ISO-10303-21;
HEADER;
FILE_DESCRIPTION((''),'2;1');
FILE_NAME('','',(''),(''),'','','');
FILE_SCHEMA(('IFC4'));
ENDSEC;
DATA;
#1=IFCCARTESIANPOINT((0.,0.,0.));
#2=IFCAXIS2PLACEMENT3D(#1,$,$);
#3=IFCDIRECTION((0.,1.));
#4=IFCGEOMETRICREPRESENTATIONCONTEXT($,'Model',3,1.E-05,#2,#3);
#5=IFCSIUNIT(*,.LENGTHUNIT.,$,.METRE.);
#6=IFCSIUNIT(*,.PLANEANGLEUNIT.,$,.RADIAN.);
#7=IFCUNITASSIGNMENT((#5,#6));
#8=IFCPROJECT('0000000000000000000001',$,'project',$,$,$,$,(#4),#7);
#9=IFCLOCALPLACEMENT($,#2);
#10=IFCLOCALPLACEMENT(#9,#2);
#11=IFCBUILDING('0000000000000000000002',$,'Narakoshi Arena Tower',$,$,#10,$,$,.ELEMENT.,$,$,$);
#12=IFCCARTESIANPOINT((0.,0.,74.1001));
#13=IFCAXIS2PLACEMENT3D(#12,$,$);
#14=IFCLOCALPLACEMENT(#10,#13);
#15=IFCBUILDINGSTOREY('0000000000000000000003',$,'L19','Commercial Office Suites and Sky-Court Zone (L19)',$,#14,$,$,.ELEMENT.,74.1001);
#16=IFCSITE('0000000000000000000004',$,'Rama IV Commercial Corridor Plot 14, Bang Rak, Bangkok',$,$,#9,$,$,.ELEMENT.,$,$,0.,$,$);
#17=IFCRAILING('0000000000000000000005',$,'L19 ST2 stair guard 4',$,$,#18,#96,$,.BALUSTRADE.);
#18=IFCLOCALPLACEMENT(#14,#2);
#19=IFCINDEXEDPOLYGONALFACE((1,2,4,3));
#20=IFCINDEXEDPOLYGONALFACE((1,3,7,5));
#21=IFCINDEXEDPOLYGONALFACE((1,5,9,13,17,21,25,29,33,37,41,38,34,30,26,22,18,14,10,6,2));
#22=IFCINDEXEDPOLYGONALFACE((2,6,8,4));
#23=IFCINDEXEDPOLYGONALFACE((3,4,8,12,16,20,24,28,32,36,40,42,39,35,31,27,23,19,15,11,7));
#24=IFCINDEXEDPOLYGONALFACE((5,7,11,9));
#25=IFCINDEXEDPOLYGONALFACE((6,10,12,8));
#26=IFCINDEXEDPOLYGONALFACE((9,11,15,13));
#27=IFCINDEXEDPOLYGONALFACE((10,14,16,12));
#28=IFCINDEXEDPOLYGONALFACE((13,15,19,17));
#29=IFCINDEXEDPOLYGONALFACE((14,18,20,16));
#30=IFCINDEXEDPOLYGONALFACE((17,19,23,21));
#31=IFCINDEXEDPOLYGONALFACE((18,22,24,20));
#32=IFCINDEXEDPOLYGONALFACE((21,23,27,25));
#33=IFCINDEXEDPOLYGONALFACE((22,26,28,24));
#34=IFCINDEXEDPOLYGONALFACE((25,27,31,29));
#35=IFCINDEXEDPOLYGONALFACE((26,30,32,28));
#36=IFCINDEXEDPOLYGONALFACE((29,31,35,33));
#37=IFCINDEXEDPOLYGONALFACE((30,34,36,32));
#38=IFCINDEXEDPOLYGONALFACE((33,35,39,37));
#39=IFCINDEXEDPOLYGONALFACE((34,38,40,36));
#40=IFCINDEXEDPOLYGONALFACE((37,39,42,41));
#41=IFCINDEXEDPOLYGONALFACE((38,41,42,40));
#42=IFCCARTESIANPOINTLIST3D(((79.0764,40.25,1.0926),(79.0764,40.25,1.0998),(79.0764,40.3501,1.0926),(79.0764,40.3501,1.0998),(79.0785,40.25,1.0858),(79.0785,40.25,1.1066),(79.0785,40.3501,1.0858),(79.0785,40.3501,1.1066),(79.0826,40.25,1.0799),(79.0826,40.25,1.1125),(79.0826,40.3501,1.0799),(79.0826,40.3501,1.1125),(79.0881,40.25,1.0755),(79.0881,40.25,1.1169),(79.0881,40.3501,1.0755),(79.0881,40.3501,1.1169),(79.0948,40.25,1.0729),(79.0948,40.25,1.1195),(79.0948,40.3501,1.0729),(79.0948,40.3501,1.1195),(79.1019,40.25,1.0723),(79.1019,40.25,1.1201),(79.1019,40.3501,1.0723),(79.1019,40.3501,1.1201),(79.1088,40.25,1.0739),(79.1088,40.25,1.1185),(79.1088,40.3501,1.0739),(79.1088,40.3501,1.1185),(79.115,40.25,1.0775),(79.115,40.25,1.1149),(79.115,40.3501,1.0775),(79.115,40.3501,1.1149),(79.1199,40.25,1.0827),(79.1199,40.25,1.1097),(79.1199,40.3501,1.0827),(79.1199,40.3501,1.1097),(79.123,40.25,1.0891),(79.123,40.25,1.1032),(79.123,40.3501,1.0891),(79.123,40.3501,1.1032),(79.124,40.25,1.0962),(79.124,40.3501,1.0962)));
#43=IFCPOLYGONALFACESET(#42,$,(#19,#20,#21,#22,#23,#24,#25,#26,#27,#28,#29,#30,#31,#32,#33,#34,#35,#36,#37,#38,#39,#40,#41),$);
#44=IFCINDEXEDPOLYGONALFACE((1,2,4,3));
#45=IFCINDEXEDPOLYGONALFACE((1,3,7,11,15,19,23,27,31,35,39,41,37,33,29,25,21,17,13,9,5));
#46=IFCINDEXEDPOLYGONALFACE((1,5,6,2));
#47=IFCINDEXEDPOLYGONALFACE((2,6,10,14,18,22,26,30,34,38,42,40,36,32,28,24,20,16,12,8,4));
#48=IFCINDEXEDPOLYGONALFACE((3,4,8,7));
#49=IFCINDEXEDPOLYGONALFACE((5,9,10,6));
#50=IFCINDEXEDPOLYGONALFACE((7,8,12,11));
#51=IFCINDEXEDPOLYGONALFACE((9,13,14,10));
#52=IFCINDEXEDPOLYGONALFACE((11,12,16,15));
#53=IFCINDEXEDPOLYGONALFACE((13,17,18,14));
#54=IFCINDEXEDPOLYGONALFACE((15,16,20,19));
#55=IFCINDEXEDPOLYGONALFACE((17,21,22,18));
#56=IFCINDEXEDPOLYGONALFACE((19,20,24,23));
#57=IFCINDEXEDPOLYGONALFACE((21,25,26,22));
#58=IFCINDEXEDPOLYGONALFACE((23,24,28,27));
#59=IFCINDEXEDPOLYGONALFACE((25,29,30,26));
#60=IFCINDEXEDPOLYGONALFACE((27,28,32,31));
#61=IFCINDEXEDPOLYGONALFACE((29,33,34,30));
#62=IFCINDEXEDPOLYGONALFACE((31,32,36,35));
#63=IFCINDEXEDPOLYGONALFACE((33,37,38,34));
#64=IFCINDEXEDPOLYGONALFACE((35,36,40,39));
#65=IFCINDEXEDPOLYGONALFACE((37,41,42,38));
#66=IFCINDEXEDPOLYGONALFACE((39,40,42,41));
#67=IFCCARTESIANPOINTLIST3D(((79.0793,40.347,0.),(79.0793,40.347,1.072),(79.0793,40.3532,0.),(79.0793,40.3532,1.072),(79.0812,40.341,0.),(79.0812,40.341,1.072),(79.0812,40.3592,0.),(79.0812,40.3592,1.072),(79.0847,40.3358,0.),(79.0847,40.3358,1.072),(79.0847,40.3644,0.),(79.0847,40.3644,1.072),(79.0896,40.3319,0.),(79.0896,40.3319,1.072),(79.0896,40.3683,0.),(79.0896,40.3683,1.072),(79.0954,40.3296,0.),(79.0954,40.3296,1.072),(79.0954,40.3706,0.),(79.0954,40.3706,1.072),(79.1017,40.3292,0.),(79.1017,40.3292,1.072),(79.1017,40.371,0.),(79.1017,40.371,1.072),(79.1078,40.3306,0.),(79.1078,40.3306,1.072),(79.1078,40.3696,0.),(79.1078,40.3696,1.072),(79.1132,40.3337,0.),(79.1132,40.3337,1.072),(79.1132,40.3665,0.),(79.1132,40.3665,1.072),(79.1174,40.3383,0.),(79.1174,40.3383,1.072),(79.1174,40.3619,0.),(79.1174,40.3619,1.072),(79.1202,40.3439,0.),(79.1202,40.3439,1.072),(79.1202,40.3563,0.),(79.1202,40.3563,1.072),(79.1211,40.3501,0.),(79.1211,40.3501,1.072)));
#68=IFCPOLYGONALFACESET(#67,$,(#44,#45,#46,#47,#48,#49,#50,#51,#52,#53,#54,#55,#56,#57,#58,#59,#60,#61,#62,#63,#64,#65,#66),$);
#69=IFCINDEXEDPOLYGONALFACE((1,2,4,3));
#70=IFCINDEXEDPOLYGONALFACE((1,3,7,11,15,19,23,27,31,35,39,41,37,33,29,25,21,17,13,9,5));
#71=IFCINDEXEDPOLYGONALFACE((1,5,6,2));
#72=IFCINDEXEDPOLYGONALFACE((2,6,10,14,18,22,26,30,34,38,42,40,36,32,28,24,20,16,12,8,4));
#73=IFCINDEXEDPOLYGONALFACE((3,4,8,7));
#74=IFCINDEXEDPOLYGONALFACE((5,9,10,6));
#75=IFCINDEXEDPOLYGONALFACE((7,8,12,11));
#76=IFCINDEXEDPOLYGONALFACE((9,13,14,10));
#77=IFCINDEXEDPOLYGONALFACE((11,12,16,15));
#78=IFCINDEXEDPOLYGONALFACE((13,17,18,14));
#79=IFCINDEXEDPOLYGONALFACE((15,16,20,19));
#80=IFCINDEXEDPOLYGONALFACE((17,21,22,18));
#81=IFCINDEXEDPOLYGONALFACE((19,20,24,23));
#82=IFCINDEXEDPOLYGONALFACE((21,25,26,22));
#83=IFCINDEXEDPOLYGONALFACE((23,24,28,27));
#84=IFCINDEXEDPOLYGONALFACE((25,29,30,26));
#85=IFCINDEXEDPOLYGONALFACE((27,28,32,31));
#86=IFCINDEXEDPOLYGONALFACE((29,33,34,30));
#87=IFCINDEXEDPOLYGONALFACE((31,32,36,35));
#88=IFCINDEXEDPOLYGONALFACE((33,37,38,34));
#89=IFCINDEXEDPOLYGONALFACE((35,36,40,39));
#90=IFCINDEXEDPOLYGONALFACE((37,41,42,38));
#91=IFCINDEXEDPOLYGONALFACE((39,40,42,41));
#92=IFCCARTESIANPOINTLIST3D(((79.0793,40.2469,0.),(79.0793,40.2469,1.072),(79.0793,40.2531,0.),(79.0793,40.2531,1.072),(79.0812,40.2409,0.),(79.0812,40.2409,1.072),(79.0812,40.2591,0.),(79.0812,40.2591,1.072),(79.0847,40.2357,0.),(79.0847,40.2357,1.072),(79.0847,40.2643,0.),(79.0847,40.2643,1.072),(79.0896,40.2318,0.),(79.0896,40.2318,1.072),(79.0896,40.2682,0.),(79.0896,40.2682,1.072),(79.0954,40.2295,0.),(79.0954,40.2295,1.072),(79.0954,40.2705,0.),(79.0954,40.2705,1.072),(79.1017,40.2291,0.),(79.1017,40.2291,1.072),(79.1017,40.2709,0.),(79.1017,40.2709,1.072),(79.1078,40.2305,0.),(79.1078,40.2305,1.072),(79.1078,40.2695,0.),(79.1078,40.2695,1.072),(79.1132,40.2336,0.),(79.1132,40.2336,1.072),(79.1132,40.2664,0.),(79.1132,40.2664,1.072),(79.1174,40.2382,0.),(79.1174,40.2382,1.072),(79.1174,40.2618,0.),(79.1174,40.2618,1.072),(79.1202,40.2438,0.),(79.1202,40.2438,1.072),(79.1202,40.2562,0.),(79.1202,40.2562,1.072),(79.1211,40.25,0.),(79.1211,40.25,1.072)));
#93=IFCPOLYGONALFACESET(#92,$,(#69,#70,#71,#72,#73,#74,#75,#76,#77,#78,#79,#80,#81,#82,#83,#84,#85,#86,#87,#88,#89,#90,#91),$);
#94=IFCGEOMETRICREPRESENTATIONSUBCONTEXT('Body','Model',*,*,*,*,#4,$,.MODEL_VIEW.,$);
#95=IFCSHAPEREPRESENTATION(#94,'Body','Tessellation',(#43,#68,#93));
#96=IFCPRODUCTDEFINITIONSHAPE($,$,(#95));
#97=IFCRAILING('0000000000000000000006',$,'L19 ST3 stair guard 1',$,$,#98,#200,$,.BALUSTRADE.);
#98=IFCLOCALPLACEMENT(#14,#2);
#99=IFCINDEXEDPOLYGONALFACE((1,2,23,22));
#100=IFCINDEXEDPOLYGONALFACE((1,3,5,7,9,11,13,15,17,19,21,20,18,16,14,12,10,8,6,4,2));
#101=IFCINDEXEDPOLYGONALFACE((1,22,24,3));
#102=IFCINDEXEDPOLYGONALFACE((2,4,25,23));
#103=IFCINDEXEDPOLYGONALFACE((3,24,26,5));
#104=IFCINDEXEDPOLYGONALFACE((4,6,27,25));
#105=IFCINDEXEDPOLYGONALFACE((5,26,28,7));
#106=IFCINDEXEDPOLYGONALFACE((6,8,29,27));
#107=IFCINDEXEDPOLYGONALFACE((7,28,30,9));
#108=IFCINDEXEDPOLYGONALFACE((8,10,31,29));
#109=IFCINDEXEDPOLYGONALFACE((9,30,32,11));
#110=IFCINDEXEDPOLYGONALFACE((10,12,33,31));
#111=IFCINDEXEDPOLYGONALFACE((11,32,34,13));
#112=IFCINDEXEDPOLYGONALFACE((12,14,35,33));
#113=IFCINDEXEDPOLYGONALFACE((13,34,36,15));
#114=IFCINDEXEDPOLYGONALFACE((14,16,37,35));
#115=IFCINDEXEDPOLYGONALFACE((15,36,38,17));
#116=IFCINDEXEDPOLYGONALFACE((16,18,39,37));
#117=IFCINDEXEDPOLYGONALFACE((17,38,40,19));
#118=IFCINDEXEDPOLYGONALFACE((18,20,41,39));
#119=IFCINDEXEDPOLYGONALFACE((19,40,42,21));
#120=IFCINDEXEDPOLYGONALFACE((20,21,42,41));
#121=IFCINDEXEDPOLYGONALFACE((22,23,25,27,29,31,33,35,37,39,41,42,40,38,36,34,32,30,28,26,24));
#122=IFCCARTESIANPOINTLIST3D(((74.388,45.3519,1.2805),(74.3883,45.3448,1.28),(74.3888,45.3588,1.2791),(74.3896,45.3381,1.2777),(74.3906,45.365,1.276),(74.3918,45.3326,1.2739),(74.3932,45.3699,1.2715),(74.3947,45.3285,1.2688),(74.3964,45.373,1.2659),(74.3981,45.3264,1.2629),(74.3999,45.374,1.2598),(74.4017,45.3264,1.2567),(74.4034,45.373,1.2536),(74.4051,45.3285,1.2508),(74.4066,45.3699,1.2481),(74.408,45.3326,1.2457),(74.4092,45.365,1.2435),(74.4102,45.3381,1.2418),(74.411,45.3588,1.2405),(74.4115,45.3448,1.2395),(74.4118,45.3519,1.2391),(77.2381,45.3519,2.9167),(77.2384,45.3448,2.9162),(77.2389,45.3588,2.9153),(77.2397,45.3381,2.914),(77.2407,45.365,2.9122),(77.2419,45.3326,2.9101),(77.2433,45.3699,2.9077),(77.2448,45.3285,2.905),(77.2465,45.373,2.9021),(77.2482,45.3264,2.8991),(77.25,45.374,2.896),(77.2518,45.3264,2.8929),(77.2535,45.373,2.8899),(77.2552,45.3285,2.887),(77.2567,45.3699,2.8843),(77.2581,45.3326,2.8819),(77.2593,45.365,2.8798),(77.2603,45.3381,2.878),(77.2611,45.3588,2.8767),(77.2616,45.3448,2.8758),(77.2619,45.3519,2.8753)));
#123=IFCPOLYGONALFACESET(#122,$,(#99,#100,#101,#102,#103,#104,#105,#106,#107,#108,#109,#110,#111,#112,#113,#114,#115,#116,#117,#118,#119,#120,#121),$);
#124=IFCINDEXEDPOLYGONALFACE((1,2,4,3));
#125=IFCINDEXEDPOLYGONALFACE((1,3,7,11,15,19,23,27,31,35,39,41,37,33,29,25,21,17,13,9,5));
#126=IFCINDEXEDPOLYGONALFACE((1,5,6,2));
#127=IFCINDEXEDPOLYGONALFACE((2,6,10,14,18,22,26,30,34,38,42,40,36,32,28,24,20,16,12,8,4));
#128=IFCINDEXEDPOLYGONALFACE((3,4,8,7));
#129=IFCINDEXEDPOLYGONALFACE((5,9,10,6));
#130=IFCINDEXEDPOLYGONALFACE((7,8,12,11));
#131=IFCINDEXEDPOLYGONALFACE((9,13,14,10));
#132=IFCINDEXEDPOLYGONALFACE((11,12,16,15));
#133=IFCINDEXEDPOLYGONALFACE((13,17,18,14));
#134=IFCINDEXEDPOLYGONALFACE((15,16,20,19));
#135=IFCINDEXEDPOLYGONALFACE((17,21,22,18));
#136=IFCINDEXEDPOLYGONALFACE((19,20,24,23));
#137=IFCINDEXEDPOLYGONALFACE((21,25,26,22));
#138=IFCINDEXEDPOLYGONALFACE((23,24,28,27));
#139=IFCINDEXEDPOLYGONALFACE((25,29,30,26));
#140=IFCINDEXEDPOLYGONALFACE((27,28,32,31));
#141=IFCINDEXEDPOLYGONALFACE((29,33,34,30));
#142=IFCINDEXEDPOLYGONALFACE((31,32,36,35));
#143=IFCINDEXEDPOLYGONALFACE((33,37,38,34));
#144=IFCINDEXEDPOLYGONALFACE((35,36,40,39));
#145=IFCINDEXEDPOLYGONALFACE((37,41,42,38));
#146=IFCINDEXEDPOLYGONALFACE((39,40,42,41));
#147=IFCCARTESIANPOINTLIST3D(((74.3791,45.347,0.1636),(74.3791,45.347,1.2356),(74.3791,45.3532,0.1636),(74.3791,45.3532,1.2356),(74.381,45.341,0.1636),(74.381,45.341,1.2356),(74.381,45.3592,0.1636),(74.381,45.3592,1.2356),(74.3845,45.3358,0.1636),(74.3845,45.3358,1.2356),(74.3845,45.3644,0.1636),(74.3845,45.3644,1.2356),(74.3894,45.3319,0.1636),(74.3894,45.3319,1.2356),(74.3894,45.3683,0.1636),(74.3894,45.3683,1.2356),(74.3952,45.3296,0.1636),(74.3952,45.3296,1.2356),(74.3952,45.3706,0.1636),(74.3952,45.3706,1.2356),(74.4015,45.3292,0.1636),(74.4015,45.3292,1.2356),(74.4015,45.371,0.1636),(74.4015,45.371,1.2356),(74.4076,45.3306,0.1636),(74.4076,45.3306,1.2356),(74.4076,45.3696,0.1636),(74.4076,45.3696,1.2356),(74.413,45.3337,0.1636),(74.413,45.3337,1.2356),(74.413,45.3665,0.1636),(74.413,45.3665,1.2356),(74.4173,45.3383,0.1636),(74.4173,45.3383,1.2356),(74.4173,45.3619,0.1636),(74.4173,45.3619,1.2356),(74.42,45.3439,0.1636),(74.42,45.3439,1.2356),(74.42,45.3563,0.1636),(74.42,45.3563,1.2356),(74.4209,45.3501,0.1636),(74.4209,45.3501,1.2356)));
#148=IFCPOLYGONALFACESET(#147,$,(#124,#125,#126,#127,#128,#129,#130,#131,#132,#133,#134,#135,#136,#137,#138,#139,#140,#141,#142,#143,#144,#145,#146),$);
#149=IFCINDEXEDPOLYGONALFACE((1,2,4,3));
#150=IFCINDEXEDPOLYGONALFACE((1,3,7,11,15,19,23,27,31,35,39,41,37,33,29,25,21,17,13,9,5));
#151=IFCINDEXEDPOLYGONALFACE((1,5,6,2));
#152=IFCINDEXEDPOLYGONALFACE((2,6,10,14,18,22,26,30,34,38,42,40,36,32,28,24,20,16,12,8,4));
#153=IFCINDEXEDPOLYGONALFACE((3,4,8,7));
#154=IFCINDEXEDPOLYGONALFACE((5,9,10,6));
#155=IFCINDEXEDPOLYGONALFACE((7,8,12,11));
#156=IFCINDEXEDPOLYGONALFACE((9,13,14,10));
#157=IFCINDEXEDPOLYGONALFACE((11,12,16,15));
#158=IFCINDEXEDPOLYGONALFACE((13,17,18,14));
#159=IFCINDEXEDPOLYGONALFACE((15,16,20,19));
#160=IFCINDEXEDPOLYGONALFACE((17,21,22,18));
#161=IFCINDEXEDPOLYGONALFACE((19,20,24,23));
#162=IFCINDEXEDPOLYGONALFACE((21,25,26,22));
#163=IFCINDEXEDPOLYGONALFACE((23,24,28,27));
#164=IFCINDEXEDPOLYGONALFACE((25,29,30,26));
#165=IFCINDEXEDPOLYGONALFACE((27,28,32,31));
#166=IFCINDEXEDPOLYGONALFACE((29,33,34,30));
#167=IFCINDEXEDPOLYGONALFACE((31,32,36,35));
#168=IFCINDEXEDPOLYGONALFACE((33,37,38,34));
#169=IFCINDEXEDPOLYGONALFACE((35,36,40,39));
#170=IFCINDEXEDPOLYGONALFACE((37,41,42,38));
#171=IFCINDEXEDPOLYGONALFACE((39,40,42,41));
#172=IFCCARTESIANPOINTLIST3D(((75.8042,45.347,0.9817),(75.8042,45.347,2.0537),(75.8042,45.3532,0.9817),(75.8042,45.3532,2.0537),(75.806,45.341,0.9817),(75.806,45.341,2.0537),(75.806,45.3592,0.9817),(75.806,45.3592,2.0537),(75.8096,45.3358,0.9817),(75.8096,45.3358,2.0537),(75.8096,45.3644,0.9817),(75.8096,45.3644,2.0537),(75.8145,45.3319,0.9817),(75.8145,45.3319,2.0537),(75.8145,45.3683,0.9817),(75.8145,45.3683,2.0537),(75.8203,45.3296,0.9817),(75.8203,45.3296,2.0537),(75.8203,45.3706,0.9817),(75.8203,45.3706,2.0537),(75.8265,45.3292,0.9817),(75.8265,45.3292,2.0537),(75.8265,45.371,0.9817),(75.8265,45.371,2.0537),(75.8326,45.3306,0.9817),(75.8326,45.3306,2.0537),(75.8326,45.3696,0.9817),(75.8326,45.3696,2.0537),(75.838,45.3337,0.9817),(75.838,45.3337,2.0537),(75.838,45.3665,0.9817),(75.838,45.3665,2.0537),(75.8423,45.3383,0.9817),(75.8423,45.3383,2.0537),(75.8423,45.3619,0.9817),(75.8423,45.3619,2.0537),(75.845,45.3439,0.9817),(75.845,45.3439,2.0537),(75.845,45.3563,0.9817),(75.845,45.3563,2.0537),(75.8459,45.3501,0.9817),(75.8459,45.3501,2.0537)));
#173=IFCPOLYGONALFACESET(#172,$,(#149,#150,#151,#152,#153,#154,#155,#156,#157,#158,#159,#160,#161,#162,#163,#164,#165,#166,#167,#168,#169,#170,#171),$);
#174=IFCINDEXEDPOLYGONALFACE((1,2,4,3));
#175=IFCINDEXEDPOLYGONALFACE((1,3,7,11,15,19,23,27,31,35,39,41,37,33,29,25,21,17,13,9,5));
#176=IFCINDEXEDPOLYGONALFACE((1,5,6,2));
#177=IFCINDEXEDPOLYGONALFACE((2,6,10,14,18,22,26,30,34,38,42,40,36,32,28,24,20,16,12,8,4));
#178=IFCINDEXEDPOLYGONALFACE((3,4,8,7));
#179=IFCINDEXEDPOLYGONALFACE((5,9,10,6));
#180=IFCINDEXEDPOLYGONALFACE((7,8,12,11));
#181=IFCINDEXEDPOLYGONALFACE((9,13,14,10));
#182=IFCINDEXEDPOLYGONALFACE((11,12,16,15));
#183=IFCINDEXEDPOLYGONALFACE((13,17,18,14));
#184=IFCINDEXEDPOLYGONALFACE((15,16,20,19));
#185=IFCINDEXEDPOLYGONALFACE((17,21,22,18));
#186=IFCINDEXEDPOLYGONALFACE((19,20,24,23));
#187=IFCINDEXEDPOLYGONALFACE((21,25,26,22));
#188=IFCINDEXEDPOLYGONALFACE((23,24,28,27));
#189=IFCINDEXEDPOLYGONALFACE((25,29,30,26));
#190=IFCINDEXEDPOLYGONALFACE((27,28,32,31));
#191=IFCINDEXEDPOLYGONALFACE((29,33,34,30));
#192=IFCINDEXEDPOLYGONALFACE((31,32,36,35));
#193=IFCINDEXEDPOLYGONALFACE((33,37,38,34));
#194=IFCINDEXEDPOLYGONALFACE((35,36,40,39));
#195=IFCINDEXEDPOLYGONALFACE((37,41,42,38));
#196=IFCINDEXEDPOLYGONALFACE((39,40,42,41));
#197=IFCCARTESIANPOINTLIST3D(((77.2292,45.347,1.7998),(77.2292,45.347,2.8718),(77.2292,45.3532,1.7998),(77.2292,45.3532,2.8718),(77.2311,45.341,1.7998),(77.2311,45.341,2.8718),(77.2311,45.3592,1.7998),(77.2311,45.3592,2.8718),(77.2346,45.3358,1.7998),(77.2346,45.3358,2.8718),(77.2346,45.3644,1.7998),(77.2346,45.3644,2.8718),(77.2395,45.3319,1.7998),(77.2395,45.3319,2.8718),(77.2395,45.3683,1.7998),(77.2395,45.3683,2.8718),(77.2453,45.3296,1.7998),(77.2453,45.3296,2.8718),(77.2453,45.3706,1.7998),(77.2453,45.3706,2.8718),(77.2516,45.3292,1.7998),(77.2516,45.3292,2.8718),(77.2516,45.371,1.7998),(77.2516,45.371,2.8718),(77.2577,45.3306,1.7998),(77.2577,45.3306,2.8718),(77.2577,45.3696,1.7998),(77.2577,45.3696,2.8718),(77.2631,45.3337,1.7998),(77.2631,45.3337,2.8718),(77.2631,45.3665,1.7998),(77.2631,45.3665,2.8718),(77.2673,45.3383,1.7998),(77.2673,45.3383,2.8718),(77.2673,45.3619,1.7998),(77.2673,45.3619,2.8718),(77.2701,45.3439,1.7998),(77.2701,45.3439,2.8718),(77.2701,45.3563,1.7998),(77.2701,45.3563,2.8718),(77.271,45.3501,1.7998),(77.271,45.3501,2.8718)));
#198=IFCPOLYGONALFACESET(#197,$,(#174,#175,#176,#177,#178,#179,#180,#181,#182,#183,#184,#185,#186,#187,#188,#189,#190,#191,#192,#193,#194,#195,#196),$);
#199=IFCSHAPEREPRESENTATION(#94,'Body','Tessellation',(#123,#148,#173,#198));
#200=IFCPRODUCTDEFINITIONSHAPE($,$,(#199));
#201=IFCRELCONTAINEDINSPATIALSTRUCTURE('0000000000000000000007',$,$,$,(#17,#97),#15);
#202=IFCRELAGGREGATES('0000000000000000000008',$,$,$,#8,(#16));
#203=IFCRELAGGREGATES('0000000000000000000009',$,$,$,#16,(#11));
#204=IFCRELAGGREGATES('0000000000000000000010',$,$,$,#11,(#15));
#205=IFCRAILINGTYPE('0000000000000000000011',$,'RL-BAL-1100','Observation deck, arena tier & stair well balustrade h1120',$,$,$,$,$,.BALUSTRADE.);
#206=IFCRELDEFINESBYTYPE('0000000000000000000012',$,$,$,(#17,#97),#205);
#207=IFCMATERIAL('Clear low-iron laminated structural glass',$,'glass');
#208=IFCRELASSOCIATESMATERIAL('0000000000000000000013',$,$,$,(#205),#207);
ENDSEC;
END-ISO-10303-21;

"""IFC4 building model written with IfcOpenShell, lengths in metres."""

from ifc_helpers import new_model, si_unit, direction, frame, origin, origin_2d, place, context, subcontext, project, spatial, circle, extrude, material, type_object, element, save


model = new_model("IFC4")

# Units and contexts
model_context = context("Model", 3, precision=1e-05, world=origin(), true_north=direction((0.0, 1.0)))
body_context = subcontext(model_context, "Body", "Model", "MODEL_VIEW")
ifc_project = project(units=[si_unit("LENGTHUNIT", "METRE"), si_unit("PLANEANGLEUNIT", "RADIAN")], contexts=[model_context])

# Site, building, storey
site_placement = place(None, origin())
site = spatial("IfcSite", under=ifc_project, at=site_placement, Name="Rama IV Commercial Corridor Plot 14, Bang Rak, Bangkok", CompositionType="ELEMENT", RefElevation=0.0)
building_placement = place(site_placement, origin())
building = spatial("IfcBuilding", under=site, at=building_placement, Name="Narakoshi Arena Tower", CompositionType="ELEMENT")
storey_placement = place(building_placement, frame((0.0, 0.0, 74.1001)))
storey = spatial("IfcBuildingStorey", under=building, at=storey_placement, Name="L19", Description="Commercial Office Suites and Sky-Court Zone (L19)", CompositionType="ELEMENT", Elevation=74.1001)

# Railings
ifc_material_1 = material(Name="Clear low-iron laminated structural glass", Category="glass")
railing_type_1 = type_object("IfcRailingType", Name="RL-BAL-1100", Description="Observation deck, arena tier & stair well balustrade h1120", PredefinedType="BALUSTRADE", material=ifc_material_1)
railing_1_placement = place(storey_placement, frame((79.1001, 40.3501, 0.0)))
element("IfcRailing", 1, at=railing_1_placement, inside=storey, type_object=railing_type_1, Name="L19 ST2 stair guard 4", PredefinedType="BALUSTRADE", context=body_context, shape_type="SweptSolid", body=[
    extrude(circle(Radius=0.0239, at=origin_2d()), frame((0.0, 0.0, 1.0962), z_axis=(0.0, -1.0, 0.0), x_axis=(1.0, 0.0, 0.0)), (0.0, 0.0, 1.0), 0.1001),
    extrude(circle(Radius=0.021, at=origin_2d()), origin(), (0.0, 0.0, 1.0), 1.072),
    extrude(circle(Radius=0.021, at=origin_2d()), frame((0.0, -0.1001, 0.0)), (0.0, 0.0, 1.0), 1.072),
])
railing_2_placement = place(storey_placement, frame((74.3999, 45.3501, 0.1636)))
element("IfcRailing", 2, at=railing_2_placement, inside=storey, type_object=railing_type_1, Name="L19 ST3 stair guard 1", PredefinedType="BALUSTRADE", context=body_context, shape_type="SweptSolid", body=[
    extrude(circle(Radius=0.0239, at=origin_2d()), frame((0.0, 0.0, 1.0962), z_axis=(0.867245, 0.0, 0.497882), x_axis=(0.0, 1.0, 0.0)), (0.0, 0.0, 1.0), 3.2864),
    extrude(circle(Radius=0.021, at=origin_2d()), origin(), (0.0, 0.0, 1.0), 1.072),
    extrude(circle(Radius=0.021, at=origin_2d()), frame((1.425, 0.0, 0.8181)), (0.0, 0.0, 1.0), 1.072),
    extrude(circle(Radius=0.021, at=origin_2d()), frame((2.8501, 0.0, 1.6362)), (0.0, 0.0, 1.0), 1.072),
])

save(model, "model.ifc")
